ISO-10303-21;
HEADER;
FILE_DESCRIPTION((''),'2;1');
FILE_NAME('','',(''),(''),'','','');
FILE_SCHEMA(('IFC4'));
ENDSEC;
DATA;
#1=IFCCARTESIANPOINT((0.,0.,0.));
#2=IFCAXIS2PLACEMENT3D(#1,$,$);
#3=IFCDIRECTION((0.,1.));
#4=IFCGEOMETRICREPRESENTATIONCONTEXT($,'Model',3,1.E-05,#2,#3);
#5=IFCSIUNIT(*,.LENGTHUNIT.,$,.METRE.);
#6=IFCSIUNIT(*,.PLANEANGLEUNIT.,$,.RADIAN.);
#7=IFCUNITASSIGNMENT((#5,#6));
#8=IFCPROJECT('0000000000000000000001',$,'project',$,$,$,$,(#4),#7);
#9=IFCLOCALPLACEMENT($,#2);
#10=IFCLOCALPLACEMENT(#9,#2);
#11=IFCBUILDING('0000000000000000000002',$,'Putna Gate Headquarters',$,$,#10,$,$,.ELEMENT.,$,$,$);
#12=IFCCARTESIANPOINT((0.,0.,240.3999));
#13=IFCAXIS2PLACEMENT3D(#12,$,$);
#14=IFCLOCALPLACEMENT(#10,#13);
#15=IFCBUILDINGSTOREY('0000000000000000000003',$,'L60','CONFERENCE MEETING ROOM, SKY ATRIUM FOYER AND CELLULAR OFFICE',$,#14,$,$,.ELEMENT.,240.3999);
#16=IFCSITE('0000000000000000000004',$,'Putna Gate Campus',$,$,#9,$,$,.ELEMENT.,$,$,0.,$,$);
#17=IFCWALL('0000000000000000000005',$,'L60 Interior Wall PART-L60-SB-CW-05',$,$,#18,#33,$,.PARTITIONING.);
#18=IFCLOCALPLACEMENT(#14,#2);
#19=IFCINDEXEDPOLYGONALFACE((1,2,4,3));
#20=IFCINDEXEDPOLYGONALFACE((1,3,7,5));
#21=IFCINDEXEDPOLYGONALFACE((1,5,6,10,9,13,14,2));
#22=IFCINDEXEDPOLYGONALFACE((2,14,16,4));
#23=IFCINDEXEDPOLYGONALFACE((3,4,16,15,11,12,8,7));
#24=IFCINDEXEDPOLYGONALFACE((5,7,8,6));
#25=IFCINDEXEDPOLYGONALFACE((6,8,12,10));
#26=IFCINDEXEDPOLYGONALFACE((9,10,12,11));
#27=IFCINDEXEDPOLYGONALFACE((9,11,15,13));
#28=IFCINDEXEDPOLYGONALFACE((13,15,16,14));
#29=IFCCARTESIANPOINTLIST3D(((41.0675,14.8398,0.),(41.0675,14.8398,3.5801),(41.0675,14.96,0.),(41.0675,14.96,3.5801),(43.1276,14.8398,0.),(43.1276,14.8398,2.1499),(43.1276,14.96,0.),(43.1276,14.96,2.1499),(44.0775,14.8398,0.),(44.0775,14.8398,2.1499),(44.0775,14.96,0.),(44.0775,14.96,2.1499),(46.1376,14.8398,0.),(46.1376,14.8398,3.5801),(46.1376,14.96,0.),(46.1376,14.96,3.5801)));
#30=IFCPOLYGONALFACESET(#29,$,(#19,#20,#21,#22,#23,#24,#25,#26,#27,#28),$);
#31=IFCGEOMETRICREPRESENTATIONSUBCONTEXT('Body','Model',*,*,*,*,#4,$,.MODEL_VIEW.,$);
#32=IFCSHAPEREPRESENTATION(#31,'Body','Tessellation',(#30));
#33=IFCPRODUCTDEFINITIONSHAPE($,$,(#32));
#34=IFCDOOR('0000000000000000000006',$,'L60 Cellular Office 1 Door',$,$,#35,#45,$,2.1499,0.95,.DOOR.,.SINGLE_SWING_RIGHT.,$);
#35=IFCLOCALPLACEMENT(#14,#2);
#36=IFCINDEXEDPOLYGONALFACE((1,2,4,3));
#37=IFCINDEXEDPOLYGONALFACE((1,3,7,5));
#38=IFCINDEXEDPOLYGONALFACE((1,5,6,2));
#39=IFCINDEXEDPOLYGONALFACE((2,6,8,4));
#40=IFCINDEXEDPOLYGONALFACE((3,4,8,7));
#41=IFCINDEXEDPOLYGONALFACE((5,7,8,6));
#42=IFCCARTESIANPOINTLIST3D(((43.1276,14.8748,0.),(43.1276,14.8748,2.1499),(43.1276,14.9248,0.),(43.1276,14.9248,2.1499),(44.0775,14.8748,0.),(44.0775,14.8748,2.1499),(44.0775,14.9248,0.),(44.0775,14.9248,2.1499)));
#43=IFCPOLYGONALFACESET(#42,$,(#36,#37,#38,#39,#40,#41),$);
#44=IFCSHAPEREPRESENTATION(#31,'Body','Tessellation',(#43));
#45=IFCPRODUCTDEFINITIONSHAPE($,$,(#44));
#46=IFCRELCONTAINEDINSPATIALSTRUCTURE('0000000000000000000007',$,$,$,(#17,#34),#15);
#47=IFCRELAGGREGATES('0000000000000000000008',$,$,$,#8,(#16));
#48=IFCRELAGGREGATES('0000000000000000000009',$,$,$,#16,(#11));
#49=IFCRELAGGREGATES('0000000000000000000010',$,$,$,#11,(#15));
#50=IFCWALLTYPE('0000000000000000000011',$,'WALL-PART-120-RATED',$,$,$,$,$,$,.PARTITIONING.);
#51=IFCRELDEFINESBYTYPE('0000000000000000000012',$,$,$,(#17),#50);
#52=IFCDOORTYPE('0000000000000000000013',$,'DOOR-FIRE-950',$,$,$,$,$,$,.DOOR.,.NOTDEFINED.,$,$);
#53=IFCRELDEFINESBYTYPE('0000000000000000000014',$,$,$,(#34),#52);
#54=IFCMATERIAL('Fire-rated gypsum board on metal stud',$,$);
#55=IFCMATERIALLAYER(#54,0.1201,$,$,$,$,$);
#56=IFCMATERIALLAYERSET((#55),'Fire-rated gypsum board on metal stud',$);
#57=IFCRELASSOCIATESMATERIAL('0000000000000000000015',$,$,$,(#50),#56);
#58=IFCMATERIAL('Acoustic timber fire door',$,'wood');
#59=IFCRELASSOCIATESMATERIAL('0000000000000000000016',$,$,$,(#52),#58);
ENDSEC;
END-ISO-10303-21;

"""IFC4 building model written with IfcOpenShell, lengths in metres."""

from ifc_helpers import new_model, si_unit, direction, frame, frame_2d, origin, place, context, subcontext, project, spatial, rectangle, extrude, material, layer, layer_set, type_object, element, fill, save


model = new_model("IFC4")

# Units and contexts
model_context = context("Model", 3, precision=1e-05, world=origin(), true_north=direction((0.0, 1.0)))
body_context = subcontext(model_context, "Body", "Model", "MODEL_VIEW")
ifc_project = project(units=[si_unit("LENGTHUNIT", "METRE"), si_unit("PLANEANGLEUNIT", "RADIAN")], contexts=[model_context])

# Site, building, storey
site_placement = place(None, origin())
site = spatial("IfcSite", under=ifc_project, at=site_placement, Name="Putna Gate Campus", CompositionType="ELEMENT", RefElevation=0.0)
building_placement = place(site_placement, origin())
building = spatial("IfcBuilding", under=site, at=building_placement, Name="Putna Gate Headquarters", CompositionType="ELEMENT")
storey_placement = place(building_placement, frame((0.0, 0.0, 240.3999)))
storey = spatial("IfcBuildingStorey", under=building, at=storey_placement, Name="L60", Description="CONFERENCE MEETING ROOM, SKY ATRIUM FOYER AND CELLULAR OFFICE", CompositionType="ELEMENT", Elevation=240.3999)

# Wall, opening, door
ifc_material_1 = material(Name="Fire-rated gypsum board on metal stud")
ifc_layer_1 = layer(ifc_material_1, 0.1201)
ifc_layer_set_1 = layer_set([ifc_layer_1], Name="Fire-rated gypsum board on metal stud")
wall_type_1 = type_object("IfcWallType", Name="WALL-PART-120-RATED", PredefinedType="PARTITIONING", material=ifc_layer_set_1)
wall_1_placement = place(storey_placement, frame((41.0674, 14.8999, 0.0), z_axis=(0.0, 0.0, 1.0), x_axis=(1.0, 0.0, 0.0)))
wall_1 = element("IfcWall", 1, at=wall_1_placement, inside=storey, type_object=wall_type_1, Name="L60 Interior Wall PART-L60-SB-CW-05", PredefinedType="PARTITIONING", context=body_context, shape_type="SweptSolid", body=[
    extrude(rectangle(XDim=5.0701, YDim=0.1201, at=frame_2d((2.5352, 0.0))), origin(), (0.0, 0.0, 1.0), 3.5801),
])
opening_1_placement = place(wall_1_placement, frame((2.0601, 0.0, 0.0)))
opening_1 = element("IfcOpeningElement", 2, at=opening_1_placement, cuts=wall_1, PredefinedType="OPENING", context=body_context, shape_type="SweptSolid", body=[
    extrude(rectangle(XDim=0.95, YDim=2.1499, at=frame_2d((0.4751, 1.075))), frame((0.0, 0.0701, 0.0), z_axis=(0.0, -1.0, 0.0), x_axis=(1.0, 0.0, 0.0)), (0.0, 0.0, 1.0), 0.1401),
])
ifc_material_2 = material(Name="Acoustic timber fire door", Category="wood")
door_type = type_object("IfcDoorType", Name="DOOR-FIRE-950", OperationType="NOTDEFINED", PredefinedType="DOOR", material=ifc_material_2)
door_1_placement = place(opening_1_placement, origin())
door_1 = element("IfcDoor", 3, at=door_1_placement, inside=storey, type_object=door_type, Name="L60 Cellular Office 1 Door", OperationType="SINGLE_SWING_RIGHT", OverallHeight=2.1499, OverallWidth=0.95, PredefinedType="DOOR", context=body_context, shape_type="SweptSolid", body=[
    extrude(rectangle(XDim=0.95, YDim=2.1499, at=frame_2d((0.4751, 1.075))), frame((0.0, 0.0249, 0.0), z_axis=(0.0, -1.0, 0.0), x_axis=(1.0, 0.0, 0.0)), (0.0, 0.0, 1.0), 0.05),
])
fill(opening_1, door_1)

save(model, "model.ifc")
